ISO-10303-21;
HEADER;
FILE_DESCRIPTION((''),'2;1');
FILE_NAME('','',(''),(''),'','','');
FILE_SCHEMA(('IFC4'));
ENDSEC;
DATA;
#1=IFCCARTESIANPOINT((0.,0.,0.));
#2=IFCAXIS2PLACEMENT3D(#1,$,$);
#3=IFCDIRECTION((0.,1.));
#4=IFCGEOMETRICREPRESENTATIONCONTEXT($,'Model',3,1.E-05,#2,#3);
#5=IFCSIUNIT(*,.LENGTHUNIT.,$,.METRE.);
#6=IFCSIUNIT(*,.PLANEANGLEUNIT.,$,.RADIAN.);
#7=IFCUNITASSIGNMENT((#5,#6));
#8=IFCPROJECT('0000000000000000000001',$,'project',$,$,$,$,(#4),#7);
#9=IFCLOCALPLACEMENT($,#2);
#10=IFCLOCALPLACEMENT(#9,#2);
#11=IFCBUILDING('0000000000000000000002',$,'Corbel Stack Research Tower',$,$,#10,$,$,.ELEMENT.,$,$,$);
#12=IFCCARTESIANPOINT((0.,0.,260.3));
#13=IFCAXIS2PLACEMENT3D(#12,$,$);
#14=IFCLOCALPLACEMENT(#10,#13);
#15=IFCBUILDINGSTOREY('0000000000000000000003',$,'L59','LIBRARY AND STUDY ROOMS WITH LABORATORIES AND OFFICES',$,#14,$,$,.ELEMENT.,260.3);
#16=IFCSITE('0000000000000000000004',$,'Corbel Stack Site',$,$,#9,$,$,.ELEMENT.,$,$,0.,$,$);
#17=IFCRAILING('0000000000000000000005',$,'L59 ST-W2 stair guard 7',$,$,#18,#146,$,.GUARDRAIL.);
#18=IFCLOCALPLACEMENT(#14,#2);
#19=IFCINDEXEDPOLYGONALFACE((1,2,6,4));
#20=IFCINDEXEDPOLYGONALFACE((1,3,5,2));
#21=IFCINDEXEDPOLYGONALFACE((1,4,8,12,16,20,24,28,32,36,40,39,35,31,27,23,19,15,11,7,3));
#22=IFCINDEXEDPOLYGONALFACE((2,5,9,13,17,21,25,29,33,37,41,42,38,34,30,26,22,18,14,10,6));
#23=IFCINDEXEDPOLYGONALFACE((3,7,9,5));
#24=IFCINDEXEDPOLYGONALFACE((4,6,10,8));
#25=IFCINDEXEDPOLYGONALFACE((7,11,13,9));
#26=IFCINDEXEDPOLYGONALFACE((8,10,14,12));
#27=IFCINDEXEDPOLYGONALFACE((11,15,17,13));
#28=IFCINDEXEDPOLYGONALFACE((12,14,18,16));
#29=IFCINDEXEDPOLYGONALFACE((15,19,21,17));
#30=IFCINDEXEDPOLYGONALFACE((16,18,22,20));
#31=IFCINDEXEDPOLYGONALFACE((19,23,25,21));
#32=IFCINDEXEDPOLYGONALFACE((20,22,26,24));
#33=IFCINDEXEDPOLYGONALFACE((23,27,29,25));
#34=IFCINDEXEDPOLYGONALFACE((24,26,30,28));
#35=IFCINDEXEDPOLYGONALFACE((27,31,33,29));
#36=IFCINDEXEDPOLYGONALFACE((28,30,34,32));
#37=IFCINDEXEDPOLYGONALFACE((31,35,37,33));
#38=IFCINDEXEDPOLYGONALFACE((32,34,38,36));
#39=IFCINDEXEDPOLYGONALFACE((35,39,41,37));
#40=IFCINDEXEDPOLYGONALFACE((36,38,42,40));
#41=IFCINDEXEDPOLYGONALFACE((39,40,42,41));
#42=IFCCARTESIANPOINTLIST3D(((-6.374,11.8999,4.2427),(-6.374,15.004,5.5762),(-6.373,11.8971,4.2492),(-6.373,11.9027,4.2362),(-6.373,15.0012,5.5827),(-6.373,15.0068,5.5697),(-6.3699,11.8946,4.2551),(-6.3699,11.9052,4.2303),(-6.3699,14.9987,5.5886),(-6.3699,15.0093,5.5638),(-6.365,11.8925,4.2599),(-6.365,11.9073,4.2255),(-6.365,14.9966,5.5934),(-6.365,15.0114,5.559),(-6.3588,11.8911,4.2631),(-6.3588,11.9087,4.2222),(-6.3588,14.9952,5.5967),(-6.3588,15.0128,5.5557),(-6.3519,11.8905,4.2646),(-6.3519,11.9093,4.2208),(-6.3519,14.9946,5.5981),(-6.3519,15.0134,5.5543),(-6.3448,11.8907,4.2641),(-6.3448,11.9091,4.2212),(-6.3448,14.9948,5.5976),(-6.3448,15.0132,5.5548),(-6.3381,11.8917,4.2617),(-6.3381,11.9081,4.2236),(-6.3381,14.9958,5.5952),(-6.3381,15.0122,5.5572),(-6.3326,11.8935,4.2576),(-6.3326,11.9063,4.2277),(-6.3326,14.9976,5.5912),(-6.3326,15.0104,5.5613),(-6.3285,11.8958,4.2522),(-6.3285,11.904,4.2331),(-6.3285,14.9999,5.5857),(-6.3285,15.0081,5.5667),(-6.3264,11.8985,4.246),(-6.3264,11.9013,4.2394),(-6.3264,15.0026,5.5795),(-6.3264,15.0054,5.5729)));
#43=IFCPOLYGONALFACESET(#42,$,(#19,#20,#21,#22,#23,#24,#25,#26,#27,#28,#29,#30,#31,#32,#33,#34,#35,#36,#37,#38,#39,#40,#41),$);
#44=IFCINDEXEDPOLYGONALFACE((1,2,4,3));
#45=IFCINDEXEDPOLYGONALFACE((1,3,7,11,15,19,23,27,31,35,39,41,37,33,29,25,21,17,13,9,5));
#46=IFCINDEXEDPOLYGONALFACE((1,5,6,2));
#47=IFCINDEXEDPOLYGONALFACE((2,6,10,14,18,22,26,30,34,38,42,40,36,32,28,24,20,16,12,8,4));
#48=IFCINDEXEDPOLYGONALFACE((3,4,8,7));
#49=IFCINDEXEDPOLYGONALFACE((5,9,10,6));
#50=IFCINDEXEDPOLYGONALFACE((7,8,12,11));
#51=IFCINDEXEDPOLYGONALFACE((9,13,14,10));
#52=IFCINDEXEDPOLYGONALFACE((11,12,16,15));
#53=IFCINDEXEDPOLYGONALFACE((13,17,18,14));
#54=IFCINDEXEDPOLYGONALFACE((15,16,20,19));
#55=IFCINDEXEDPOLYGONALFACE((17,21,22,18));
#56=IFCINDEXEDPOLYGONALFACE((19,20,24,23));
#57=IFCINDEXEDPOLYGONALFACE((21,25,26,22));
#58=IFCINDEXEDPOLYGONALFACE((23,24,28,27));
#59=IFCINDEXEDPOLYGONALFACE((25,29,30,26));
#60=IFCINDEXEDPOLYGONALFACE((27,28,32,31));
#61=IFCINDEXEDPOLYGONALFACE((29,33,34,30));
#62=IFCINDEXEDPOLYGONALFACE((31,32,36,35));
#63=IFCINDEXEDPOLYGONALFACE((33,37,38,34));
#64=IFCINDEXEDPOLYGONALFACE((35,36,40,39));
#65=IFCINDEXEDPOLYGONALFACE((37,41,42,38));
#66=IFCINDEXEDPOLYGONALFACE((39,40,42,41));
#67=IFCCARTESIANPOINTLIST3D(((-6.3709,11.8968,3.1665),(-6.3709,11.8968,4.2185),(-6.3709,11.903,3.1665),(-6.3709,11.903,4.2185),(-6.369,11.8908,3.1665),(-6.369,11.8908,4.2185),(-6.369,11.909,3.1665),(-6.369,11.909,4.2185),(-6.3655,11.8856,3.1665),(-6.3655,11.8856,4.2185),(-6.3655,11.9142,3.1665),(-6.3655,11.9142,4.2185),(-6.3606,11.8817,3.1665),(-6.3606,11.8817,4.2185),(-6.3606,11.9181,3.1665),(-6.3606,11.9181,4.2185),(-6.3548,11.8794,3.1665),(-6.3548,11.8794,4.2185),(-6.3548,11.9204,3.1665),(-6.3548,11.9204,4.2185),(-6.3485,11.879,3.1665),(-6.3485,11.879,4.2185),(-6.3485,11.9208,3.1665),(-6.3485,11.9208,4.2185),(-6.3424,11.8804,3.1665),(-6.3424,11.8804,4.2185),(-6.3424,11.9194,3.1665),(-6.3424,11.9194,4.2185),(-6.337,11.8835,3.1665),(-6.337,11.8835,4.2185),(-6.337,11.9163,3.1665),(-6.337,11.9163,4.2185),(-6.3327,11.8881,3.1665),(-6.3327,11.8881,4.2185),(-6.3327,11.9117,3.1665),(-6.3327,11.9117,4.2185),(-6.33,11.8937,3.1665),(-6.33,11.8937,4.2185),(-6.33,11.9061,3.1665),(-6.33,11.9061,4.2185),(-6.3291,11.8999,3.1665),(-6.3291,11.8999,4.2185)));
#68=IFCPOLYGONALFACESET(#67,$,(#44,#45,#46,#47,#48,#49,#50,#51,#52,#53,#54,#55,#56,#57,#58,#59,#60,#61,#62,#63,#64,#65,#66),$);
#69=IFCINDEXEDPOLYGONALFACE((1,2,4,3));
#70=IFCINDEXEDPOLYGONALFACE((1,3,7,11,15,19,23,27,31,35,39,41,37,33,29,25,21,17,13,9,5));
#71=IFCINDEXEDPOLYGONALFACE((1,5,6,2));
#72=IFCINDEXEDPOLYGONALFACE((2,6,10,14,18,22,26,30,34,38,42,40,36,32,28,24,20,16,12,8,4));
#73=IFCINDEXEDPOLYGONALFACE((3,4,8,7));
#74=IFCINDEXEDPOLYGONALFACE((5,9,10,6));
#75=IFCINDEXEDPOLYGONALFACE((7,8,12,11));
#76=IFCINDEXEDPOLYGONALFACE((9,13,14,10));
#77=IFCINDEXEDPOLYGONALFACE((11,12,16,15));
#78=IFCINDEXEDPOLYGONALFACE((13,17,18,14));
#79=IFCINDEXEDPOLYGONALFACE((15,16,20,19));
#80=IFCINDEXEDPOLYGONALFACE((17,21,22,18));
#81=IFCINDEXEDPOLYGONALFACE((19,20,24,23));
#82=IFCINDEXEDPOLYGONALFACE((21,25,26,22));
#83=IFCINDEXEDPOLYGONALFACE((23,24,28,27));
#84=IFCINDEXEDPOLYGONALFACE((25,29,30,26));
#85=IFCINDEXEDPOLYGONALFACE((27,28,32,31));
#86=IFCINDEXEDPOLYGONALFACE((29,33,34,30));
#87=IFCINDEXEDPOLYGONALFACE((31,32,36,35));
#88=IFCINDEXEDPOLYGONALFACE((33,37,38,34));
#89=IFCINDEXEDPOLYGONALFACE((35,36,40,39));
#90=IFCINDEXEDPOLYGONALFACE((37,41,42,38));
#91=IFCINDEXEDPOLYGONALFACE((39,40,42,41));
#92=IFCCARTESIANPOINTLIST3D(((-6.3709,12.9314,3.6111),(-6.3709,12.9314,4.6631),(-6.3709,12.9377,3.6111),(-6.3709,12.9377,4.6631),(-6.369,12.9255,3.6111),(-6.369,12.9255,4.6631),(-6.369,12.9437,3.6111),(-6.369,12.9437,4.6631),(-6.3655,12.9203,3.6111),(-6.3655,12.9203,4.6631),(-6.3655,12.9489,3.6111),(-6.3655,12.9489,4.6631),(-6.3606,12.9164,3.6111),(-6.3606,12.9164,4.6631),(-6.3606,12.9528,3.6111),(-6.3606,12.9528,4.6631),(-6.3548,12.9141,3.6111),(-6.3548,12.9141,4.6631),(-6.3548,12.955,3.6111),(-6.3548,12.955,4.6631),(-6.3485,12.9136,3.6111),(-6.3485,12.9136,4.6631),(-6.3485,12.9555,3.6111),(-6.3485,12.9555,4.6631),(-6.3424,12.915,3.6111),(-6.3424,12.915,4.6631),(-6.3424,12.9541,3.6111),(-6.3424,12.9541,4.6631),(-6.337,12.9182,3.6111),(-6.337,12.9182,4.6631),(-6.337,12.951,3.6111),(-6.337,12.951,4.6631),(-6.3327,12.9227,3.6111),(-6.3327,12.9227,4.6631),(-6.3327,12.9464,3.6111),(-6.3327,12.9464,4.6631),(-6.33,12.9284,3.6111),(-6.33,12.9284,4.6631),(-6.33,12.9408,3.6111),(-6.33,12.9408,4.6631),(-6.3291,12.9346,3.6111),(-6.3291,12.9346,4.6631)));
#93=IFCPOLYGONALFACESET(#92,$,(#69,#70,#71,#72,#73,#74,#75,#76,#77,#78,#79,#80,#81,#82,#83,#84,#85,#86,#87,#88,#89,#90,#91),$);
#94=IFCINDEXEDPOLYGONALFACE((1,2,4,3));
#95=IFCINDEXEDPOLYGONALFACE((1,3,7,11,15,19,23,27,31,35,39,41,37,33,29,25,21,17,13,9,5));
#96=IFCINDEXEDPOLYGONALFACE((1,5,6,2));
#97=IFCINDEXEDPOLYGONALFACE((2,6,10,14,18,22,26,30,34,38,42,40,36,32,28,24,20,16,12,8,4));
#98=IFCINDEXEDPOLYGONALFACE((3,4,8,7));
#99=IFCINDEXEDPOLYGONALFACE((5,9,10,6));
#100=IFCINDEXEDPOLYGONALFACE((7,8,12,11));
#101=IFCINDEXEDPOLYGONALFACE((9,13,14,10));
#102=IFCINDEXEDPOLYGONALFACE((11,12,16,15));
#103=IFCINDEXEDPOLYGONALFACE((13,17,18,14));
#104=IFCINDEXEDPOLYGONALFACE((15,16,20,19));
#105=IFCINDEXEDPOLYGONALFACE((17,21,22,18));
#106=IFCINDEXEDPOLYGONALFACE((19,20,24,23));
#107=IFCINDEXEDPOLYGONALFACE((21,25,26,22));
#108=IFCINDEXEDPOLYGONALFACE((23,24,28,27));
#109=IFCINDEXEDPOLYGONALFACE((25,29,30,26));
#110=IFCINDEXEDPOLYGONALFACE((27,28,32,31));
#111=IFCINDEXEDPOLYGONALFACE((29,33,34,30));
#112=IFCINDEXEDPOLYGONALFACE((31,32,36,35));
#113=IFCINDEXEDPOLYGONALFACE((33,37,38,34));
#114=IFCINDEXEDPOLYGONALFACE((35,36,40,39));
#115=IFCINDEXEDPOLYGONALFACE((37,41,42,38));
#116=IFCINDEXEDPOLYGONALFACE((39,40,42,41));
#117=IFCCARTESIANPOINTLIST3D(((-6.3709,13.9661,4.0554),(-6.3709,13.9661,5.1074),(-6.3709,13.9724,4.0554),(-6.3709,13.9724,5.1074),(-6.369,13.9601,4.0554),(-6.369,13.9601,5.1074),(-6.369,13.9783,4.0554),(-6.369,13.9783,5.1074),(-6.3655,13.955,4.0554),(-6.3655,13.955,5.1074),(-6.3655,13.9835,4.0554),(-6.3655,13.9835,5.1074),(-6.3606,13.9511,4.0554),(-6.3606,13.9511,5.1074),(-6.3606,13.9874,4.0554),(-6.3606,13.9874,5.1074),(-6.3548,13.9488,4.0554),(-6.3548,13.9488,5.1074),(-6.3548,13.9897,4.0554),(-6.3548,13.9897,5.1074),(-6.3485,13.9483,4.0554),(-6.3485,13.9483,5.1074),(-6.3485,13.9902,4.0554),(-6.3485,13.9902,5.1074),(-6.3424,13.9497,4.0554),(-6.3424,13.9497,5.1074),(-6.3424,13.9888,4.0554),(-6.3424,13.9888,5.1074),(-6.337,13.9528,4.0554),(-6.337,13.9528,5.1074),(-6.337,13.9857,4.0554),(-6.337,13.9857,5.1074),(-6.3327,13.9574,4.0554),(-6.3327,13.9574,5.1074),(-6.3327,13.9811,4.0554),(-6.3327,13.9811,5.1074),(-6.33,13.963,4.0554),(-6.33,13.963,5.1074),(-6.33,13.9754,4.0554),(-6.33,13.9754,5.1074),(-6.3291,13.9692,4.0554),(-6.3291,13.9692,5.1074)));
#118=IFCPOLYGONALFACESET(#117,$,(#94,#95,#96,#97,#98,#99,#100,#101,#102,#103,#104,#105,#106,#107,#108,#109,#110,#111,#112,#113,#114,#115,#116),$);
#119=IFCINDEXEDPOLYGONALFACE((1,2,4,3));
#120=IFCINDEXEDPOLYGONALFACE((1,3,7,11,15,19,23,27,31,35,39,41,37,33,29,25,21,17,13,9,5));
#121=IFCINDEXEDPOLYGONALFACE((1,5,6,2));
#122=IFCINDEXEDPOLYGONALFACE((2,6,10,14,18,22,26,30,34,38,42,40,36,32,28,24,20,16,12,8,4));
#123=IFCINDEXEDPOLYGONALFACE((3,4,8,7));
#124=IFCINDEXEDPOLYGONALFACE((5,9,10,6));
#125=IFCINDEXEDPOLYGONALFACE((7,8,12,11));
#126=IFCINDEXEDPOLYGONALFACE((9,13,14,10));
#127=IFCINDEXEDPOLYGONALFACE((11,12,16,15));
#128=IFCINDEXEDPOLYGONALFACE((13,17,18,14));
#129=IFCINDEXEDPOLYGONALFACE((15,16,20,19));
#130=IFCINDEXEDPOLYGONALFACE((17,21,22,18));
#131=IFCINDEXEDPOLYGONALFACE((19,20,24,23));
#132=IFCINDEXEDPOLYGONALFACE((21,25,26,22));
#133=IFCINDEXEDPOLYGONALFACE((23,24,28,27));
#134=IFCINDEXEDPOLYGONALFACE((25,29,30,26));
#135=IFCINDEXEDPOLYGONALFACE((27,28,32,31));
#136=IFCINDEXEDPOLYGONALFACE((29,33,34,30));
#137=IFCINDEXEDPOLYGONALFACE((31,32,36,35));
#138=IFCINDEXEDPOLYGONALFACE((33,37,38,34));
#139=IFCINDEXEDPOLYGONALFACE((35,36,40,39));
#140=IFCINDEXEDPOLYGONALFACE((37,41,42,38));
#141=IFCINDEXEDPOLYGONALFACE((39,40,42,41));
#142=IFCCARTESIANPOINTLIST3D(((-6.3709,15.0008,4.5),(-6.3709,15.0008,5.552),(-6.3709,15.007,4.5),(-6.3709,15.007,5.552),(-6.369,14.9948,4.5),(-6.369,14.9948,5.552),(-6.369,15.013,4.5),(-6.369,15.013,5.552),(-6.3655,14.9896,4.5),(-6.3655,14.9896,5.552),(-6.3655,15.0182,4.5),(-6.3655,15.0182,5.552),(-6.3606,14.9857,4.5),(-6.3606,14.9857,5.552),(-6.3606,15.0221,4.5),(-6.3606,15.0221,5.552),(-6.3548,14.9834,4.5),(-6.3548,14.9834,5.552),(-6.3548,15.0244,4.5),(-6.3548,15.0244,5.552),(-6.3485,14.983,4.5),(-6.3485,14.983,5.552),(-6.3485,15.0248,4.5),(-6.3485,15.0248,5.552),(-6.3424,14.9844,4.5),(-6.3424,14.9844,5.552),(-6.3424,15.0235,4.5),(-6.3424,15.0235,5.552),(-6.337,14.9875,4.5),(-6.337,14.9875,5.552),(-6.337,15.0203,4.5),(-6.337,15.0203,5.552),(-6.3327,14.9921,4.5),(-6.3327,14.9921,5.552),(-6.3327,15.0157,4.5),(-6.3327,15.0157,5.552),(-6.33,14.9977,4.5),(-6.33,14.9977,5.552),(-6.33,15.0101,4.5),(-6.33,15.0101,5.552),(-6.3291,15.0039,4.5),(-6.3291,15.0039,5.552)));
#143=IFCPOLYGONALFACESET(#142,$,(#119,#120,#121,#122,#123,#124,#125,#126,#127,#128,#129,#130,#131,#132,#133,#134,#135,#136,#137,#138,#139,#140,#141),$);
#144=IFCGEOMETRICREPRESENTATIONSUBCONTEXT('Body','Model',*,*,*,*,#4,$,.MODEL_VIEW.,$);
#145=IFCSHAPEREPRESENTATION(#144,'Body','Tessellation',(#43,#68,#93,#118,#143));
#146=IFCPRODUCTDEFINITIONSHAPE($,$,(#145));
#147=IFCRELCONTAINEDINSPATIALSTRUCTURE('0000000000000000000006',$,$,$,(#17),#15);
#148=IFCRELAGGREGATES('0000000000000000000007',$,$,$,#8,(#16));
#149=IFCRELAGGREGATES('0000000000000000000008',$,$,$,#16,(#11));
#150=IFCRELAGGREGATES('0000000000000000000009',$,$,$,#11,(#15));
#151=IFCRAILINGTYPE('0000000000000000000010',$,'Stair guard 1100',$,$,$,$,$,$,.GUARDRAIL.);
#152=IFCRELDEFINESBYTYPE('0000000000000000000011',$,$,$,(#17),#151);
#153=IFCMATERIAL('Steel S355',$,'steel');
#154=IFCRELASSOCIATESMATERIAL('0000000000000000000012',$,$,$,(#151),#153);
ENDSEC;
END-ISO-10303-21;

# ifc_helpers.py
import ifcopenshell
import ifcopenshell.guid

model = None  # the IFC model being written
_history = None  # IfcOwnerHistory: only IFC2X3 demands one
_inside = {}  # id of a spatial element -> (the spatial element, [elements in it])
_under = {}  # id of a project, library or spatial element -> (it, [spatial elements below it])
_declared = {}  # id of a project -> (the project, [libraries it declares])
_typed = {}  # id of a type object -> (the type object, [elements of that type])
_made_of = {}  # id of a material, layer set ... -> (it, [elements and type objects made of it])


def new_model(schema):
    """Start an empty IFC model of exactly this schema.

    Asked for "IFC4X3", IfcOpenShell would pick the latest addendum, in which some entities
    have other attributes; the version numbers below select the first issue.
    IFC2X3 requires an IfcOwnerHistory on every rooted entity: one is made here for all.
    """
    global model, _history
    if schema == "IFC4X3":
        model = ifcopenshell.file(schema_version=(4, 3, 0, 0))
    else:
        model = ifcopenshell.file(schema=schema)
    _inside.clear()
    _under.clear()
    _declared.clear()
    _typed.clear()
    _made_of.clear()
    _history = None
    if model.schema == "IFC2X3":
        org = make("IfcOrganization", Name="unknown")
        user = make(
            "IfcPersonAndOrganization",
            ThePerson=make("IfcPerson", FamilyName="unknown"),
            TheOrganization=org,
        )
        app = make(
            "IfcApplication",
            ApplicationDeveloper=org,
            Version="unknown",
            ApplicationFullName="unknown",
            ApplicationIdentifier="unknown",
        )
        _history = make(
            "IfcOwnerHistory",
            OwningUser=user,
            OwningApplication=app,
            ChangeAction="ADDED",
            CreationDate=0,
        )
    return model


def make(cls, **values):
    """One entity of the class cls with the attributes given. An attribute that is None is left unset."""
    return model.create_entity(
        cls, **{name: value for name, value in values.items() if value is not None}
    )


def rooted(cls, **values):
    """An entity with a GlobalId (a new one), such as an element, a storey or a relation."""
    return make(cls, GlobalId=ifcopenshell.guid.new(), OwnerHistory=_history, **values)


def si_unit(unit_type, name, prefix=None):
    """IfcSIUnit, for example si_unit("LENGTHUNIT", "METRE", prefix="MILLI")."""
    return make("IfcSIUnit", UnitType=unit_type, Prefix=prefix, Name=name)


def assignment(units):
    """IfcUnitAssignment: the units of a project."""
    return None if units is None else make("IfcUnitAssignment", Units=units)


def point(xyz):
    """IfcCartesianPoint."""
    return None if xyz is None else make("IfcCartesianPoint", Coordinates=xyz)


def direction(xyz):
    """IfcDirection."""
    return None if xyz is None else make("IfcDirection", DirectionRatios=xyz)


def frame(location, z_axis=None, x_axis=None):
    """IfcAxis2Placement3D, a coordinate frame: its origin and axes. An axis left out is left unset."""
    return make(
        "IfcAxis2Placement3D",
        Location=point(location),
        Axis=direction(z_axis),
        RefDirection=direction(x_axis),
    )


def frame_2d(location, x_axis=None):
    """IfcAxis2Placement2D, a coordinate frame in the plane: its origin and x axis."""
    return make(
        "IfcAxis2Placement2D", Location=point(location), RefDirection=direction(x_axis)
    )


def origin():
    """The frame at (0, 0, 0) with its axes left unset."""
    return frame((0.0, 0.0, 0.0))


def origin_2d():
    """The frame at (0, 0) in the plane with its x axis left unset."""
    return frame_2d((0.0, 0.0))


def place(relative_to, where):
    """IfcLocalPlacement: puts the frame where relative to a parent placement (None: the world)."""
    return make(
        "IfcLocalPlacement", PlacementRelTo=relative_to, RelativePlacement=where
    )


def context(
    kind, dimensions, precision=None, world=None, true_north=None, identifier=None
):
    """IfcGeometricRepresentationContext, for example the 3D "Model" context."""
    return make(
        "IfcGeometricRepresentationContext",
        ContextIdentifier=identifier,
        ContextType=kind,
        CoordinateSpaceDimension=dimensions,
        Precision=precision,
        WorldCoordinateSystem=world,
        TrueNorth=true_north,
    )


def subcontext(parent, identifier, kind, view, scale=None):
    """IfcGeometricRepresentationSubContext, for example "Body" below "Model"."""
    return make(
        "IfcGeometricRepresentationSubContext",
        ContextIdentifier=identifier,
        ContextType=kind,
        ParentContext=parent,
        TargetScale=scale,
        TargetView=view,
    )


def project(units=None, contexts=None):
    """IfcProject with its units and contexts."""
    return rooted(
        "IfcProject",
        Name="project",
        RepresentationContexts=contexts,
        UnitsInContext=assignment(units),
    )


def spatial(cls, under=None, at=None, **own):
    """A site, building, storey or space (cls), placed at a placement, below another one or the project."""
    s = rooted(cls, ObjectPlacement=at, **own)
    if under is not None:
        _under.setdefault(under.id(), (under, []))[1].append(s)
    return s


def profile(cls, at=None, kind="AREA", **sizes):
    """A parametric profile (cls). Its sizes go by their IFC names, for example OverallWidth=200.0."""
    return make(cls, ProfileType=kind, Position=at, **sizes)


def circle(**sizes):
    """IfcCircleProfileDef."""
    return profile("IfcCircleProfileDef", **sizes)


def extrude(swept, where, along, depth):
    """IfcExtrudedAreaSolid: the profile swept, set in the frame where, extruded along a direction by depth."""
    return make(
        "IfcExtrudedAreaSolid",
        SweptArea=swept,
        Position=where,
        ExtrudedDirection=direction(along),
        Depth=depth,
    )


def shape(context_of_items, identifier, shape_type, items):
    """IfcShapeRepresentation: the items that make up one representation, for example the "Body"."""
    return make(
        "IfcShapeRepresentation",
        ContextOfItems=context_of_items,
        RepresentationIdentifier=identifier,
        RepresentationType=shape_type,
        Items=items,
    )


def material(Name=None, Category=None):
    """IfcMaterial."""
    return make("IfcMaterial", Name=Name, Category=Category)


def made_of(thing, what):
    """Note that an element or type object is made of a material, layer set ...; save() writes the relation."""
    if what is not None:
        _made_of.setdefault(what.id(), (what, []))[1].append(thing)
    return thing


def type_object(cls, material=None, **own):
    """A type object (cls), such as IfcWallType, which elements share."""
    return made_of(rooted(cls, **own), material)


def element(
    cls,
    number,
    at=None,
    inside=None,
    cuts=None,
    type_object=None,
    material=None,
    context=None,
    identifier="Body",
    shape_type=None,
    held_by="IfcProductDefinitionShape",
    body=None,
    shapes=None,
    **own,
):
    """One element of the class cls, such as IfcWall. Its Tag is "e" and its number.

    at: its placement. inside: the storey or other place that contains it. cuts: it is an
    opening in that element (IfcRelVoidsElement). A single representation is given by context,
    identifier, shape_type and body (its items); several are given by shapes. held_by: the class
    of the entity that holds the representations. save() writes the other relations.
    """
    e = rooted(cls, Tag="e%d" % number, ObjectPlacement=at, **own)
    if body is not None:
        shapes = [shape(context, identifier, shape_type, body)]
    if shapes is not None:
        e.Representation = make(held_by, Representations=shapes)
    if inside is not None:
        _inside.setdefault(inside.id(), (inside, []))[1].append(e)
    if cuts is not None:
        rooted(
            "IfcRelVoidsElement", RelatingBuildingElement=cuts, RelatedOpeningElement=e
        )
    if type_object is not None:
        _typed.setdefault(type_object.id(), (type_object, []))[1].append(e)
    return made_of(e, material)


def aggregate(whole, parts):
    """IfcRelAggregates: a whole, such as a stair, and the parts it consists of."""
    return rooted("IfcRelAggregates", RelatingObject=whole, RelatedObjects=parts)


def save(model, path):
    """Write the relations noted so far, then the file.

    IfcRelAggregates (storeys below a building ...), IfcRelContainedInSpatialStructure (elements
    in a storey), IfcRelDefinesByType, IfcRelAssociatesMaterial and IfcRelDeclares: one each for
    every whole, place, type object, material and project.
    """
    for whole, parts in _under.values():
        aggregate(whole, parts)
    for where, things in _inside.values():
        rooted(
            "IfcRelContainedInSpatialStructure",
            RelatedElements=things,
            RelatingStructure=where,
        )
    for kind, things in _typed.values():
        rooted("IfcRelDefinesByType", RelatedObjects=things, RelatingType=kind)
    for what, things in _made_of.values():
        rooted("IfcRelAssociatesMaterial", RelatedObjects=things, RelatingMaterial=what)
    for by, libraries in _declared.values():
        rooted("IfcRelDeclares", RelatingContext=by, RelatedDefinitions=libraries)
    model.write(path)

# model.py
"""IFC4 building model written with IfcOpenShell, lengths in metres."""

from ifc_helpers import new_model, si_unit, direction, frame, origin, origin_2d, place, context, subcontext, project, spatial, circle, extrude, material, type_object, element, save


model = new_model("IFC4")

# Units and contexts
model_context = context("Model", 3, precision=1e-05, world=origin(), true_north=direction((0.0, 1.0)))
body_context = subcontext(model_context, "Body", "Model", "MODEL_VIEW")
ifc_project = project(units=[si_unit("LENGTHUNIT", "METRE"), si_unit("PLANEANGLEUNIT", "RADIAN")], contexts=[model_context])

# Site, building, storey
site_placement = place(None, origin())
site = spatial("IfcSite", under=ifc_project, at=site_placement, Name="Corbel Stack Site", CompositionType="ELEMENT", RefElevation=0.0)
building_placement = place(site_placement, origin())
building = spatial("IfcBuilding", under=site, at=building_placement, Name="Corbel Stack Research Tower", CompositionType="ELEMENT")
storey_placement = place(building_placement, frame((0.0, 0.0, 260.3)))
storey = spatial("IfcBuildingStorey", under=building, at=storey_placement, Name="L59", Description="LIBRARY AND STUDY ROOMS WITH LABORATORIES AND OFFICES", CompositionType="ELEMENT", Elevation=260.3)

# Railing
ifc_material_1 = material(Name="Steel S355", Category="steel")
railing_type_1 = type_object("IfcRailingType", Name="Stair guard 1100", PredefinedType="GUARDRAIL", material=ifc_material_1)
railing_1_placement = place(storey_placement, frame((-6.3501, 11.8999, 3.1665)))
element("IfcRailing", 1, at=railing_1_placement, inside=storey, type_object=railing_type_1, Name="L59 ST-W2 stair guard 7", PredefinedType="GUARDRAIL", context=body_context, shape_type="SweptSolid", body=[
    extrude(circle(Radius=0.0239, at=origin_2d()), frame((0.0, 0.0, 1.0762), z_axis=(0.0, 0.918801, 0.394722), x_axis=(-1.0, 0.0, 0.0)), (0.0, 0.0, 1.0), 3.3784),
    extrude(circle(Radius=0.021, at=origin_2d()), origin(), (0.0, 0.0, 1.0), 1.052),
    extrude(circle(Radius=0.021, at=origin_2d()), frame((0.0, 1.0347, 0.4446)), (0.0, 0.0, 1.0), 1.052),
    extrude(circle(Radius=0.021, at=origin_2d()), frame((0.0, 2.0693, 0.8889)), (0.0, 0.0, 1.0), 1.052),
    extrude(circle(Radius=0.021, at=origin_2d()), frame((0.0, 3.104, 1.3335)), (0.0, 0.0, 1.0), 1.052),
])

save(model, "model.ifc")
